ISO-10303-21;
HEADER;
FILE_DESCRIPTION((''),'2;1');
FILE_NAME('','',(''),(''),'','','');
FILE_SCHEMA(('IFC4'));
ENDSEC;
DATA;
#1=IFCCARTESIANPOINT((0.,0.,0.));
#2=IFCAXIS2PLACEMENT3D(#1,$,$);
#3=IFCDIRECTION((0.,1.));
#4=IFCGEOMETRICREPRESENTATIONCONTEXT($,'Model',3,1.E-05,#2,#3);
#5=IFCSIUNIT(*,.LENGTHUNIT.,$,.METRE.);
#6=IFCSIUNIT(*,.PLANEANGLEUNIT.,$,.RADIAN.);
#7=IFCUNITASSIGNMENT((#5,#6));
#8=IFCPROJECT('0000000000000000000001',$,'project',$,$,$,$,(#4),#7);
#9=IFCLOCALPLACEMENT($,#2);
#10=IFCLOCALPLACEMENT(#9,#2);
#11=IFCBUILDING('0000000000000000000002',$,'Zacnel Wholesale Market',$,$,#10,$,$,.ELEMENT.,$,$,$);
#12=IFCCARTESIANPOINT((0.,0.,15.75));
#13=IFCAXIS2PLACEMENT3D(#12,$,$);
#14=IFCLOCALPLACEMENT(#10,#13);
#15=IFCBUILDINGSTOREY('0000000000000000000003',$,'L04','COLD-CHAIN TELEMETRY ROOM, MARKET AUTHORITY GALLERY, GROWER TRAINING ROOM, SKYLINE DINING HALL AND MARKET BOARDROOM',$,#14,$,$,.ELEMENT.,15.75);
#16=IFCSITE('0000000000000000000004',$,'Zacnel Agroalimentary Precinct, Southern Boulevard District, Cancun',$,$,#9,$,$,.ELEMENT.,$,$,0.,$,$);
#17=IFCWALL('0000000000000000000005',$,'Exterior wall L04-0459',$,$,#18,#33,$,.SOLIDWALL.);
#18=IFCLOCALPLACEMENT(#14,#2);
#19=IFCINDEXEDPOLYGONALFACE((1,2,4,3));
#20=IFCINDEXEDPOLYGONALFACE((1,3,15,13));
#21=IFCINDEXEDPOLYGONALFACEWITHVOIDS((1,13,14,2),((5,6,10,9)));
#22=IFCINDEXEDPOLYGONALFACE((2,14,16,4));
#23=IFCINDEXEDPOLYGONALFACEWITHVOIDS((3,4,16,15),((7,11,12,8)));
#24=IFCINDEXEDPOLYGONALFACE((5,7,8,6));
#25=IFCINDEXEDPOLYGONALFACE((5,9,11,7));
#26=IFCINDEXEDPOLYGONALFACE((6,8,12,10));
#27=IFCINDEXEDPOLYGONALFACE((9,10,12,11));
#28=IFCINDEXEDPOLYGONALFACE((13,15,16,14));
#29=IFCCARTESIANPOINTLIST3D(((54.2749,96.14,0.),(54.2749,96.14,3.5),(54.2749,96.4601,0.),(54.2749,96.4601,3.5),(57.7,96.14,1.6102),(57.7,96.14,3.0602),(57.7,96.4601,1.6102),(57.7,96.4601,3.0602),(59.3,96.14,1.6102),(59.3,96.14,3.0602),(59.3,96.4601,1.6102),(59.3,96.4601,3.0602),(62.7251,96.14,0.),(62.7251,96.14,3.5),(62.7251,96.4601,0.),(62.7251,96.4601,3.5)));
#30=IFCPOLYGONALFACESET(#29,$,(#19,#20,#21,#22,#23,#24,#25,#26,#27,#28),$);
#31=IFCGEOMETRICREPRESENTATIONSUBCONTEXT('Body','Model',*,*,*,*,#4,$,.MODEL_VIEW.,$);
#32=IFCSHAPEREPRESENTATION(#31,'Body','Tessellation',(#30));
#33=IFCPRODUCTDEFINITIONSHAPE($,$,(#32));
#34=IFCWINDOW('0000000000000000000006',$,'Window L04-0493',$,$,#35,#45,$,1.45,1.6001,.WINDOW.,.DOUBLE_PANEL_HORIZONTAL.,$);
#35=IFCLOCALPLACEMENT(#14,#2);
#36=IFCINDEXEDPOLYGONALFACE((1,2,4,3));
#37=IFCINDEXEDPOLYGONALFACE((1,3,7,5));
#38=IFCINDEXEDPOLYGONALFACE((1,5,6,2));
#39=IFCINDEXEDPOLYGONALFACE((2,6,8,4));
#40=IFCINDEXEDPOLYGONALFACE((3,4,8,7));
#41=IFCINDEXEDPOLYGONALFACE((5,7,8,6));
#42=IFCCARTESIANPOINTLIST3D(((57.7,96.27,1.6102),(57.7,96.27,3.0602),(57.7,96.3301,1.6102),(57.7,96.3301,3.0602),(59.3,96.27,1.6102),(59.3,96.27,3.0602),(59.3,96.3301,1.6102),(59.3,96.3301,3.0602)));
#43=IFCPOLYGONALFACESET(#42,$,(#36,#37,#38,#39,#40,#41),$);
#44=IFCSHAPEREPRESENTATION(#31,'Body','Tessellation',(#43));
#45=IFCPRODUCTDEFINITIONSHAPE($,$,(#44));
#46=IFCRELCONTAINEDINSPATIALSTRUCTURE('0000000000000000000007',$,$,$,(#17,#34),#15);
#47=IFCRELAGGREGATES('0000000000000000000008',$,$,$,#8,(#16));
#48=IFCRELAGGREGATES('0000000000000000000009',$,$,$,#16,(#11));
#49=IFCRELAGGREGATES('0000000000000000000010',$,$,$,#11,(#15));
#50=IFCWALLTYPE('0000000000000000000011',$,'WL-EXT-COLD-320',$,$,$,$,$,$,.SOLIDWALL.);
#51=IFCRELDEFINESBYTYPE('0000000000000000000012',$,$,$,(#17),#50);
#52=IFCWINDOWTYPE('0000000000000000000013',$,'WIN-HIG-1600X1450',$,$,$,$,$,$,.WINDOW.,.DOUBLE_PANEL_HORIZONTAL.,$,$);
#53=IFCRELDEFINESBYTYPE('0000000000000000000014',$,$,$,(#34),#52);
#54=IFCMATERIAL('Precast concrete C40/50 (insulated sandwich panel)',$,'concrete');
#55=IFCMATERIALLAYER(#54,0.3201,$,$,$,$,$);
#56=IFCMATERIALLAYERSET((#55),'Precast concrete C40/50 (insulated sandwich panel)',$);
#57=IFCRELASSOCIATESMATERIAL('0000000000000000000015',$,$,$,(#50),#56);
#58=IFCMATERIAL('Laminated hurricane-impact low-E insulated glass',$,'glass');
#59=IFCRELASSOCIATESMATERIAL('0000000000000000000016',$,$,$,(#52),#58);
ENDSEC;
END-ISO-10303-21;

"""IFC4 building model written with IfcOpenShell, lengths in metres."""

from ifc_helpers import new_model, si_unit, direction, frame, frame_2d, origin, place, context, subcontext, project, spatial, rectangle, extrude, material, layer, layer_set, type_object, element, fill, save


model = new_model("IFC4")

# Units and contexts
model_context = context("Model", 3, precision=1e-05, world=origin(), true_north=direction((0.0, 1.0)))
body_context = subcontext(model_context, "Body", "Model", "MODEL_VIEW")
ifc_project = project(units=[si_unit("LENGTHUNIT", "METRE"), si_unit("PLANEANGLEUNIT", "RADIAN")], contexts=[model_context])

# Site, building, storey
site_placement = place(None, origin())
site = spatial("IfcSite", under=ifc_project, at=site_placement, Name="Zacnel Agroalimentary Precinct, Southern Boulevard District, Cancun", CompositionType="ELEMENT", RefElevation=0.0)
building_placement = place(site_placement, origin())
building = spatial("IfcBuilding", under=site, at=building_placement, Name="Zacnel Wholesale Market", CompositionType="ELEMENT")
storey_placement = place(building_placement, frame((0.0, 0.0, 15.75)))
storey = spatial("IfcBuildingStorey", under=building, at=storey_placement, Name="L04", Description="COLD-CHAIN TELEMETRY ROOM, MARKET AUTHORITY GALLERY, GROWER TRAINING ROOM, SKYLINE DINING HALL AND MARKET BOARDROOM", CompositionType="ELEMENT", Elevation=15.75)

# Shared definitions
ifc_material_1 = material(Name="Precast concrete C40/50 (insulated sandwich panel)", Category="concrete")
ifc_layer = layer(ifc_material_1, 0.3201)
ifc_layer_set = layer_set([ifc_layer], Name="Precast concrete C40/50 (insulated sandwich panel)")
wall_type = type_object("IfcWallType", Name="WL-EXT-COLD-320", PredefinedType="SOLIDWALL", material=ifc_layer_set)

# Wall, opening, window
wall_placement = place(storey_placement, frame((54.2749, 96.3, 0.0), z_axis=(0.0, 0.0, 1.0), x_axis=(1.0, 0.0, 0.0)))
wall = element("IfcWall", 1, at=wall_placement, inside=storey, type_object=wall_type, Name="Exterior wall L04-0459", PredefinedType="SOLIDWALL", context=body_context, shape_type="SweptSolid", body=[
    extrude(rectangle(XDim=8.4502, YDim=0.3201, at=frame_2d((4.2251, 0.0))), origin(), (0.0, 0.0, 1.0), 3.5),
])
opening_placement = place(wall_placement, frame((3.425, 0.0, 1.6101)))
opening = element("IfcOpeningElement", 2, at=opening_placement, cuts=wall, PredefinedType="OPENING", context=body_context, shape_type="SweptSolid", body=[
    extrude(rectangle(XDim=1.6001, YDim=1.45, at=frame_2d((0.8, 0.7251))), frame((0.0, 0.1699, 0.0), z_axis=(0.0, -1.0, 0.0), x_axis=(1.0, 0.0, 0.0)), (0.0, 0.0, 1.0), 0.3401),
])
ifc_material_2 = material(Name="Laminated hurricane-impact low-E insulated glass", Category="glass")
window_type = type_object("IfcWindowType", Name="WIN-HIG-1600X1450", PartitioningType="DOUBLE_PANEL_HORIZONTAL", PredefinedType="WINDOW", material=ifc_material_2)
window_placement = place(opening_placement, origin())
window = element("IfcWindow", 3, at=window_placement, inside=storey, type_object=window_type, Name="Window L04-0493", OverallHeight=1.45, OverallWidth=1.6001, PartitioningType="DOUBLE_PANEL_HORIZONTAL", PredefinedType="WINDOW", context=body_context, shape_type="SweptSolid", body=[
    extrude(rectangle(XDim=1.6001, YDim=1.45, at=frame_2d((0.8, 0.7251))), frame((0.0, 0.03, 0.0), z_axis=(0.0, -1.0, 0.0), x_axis=(1.0, 0.0, 0.0)), (0.0, 0.0, 1.0), 0.0601),
])
fill(opening, window)

save(model, "model.ifc")
